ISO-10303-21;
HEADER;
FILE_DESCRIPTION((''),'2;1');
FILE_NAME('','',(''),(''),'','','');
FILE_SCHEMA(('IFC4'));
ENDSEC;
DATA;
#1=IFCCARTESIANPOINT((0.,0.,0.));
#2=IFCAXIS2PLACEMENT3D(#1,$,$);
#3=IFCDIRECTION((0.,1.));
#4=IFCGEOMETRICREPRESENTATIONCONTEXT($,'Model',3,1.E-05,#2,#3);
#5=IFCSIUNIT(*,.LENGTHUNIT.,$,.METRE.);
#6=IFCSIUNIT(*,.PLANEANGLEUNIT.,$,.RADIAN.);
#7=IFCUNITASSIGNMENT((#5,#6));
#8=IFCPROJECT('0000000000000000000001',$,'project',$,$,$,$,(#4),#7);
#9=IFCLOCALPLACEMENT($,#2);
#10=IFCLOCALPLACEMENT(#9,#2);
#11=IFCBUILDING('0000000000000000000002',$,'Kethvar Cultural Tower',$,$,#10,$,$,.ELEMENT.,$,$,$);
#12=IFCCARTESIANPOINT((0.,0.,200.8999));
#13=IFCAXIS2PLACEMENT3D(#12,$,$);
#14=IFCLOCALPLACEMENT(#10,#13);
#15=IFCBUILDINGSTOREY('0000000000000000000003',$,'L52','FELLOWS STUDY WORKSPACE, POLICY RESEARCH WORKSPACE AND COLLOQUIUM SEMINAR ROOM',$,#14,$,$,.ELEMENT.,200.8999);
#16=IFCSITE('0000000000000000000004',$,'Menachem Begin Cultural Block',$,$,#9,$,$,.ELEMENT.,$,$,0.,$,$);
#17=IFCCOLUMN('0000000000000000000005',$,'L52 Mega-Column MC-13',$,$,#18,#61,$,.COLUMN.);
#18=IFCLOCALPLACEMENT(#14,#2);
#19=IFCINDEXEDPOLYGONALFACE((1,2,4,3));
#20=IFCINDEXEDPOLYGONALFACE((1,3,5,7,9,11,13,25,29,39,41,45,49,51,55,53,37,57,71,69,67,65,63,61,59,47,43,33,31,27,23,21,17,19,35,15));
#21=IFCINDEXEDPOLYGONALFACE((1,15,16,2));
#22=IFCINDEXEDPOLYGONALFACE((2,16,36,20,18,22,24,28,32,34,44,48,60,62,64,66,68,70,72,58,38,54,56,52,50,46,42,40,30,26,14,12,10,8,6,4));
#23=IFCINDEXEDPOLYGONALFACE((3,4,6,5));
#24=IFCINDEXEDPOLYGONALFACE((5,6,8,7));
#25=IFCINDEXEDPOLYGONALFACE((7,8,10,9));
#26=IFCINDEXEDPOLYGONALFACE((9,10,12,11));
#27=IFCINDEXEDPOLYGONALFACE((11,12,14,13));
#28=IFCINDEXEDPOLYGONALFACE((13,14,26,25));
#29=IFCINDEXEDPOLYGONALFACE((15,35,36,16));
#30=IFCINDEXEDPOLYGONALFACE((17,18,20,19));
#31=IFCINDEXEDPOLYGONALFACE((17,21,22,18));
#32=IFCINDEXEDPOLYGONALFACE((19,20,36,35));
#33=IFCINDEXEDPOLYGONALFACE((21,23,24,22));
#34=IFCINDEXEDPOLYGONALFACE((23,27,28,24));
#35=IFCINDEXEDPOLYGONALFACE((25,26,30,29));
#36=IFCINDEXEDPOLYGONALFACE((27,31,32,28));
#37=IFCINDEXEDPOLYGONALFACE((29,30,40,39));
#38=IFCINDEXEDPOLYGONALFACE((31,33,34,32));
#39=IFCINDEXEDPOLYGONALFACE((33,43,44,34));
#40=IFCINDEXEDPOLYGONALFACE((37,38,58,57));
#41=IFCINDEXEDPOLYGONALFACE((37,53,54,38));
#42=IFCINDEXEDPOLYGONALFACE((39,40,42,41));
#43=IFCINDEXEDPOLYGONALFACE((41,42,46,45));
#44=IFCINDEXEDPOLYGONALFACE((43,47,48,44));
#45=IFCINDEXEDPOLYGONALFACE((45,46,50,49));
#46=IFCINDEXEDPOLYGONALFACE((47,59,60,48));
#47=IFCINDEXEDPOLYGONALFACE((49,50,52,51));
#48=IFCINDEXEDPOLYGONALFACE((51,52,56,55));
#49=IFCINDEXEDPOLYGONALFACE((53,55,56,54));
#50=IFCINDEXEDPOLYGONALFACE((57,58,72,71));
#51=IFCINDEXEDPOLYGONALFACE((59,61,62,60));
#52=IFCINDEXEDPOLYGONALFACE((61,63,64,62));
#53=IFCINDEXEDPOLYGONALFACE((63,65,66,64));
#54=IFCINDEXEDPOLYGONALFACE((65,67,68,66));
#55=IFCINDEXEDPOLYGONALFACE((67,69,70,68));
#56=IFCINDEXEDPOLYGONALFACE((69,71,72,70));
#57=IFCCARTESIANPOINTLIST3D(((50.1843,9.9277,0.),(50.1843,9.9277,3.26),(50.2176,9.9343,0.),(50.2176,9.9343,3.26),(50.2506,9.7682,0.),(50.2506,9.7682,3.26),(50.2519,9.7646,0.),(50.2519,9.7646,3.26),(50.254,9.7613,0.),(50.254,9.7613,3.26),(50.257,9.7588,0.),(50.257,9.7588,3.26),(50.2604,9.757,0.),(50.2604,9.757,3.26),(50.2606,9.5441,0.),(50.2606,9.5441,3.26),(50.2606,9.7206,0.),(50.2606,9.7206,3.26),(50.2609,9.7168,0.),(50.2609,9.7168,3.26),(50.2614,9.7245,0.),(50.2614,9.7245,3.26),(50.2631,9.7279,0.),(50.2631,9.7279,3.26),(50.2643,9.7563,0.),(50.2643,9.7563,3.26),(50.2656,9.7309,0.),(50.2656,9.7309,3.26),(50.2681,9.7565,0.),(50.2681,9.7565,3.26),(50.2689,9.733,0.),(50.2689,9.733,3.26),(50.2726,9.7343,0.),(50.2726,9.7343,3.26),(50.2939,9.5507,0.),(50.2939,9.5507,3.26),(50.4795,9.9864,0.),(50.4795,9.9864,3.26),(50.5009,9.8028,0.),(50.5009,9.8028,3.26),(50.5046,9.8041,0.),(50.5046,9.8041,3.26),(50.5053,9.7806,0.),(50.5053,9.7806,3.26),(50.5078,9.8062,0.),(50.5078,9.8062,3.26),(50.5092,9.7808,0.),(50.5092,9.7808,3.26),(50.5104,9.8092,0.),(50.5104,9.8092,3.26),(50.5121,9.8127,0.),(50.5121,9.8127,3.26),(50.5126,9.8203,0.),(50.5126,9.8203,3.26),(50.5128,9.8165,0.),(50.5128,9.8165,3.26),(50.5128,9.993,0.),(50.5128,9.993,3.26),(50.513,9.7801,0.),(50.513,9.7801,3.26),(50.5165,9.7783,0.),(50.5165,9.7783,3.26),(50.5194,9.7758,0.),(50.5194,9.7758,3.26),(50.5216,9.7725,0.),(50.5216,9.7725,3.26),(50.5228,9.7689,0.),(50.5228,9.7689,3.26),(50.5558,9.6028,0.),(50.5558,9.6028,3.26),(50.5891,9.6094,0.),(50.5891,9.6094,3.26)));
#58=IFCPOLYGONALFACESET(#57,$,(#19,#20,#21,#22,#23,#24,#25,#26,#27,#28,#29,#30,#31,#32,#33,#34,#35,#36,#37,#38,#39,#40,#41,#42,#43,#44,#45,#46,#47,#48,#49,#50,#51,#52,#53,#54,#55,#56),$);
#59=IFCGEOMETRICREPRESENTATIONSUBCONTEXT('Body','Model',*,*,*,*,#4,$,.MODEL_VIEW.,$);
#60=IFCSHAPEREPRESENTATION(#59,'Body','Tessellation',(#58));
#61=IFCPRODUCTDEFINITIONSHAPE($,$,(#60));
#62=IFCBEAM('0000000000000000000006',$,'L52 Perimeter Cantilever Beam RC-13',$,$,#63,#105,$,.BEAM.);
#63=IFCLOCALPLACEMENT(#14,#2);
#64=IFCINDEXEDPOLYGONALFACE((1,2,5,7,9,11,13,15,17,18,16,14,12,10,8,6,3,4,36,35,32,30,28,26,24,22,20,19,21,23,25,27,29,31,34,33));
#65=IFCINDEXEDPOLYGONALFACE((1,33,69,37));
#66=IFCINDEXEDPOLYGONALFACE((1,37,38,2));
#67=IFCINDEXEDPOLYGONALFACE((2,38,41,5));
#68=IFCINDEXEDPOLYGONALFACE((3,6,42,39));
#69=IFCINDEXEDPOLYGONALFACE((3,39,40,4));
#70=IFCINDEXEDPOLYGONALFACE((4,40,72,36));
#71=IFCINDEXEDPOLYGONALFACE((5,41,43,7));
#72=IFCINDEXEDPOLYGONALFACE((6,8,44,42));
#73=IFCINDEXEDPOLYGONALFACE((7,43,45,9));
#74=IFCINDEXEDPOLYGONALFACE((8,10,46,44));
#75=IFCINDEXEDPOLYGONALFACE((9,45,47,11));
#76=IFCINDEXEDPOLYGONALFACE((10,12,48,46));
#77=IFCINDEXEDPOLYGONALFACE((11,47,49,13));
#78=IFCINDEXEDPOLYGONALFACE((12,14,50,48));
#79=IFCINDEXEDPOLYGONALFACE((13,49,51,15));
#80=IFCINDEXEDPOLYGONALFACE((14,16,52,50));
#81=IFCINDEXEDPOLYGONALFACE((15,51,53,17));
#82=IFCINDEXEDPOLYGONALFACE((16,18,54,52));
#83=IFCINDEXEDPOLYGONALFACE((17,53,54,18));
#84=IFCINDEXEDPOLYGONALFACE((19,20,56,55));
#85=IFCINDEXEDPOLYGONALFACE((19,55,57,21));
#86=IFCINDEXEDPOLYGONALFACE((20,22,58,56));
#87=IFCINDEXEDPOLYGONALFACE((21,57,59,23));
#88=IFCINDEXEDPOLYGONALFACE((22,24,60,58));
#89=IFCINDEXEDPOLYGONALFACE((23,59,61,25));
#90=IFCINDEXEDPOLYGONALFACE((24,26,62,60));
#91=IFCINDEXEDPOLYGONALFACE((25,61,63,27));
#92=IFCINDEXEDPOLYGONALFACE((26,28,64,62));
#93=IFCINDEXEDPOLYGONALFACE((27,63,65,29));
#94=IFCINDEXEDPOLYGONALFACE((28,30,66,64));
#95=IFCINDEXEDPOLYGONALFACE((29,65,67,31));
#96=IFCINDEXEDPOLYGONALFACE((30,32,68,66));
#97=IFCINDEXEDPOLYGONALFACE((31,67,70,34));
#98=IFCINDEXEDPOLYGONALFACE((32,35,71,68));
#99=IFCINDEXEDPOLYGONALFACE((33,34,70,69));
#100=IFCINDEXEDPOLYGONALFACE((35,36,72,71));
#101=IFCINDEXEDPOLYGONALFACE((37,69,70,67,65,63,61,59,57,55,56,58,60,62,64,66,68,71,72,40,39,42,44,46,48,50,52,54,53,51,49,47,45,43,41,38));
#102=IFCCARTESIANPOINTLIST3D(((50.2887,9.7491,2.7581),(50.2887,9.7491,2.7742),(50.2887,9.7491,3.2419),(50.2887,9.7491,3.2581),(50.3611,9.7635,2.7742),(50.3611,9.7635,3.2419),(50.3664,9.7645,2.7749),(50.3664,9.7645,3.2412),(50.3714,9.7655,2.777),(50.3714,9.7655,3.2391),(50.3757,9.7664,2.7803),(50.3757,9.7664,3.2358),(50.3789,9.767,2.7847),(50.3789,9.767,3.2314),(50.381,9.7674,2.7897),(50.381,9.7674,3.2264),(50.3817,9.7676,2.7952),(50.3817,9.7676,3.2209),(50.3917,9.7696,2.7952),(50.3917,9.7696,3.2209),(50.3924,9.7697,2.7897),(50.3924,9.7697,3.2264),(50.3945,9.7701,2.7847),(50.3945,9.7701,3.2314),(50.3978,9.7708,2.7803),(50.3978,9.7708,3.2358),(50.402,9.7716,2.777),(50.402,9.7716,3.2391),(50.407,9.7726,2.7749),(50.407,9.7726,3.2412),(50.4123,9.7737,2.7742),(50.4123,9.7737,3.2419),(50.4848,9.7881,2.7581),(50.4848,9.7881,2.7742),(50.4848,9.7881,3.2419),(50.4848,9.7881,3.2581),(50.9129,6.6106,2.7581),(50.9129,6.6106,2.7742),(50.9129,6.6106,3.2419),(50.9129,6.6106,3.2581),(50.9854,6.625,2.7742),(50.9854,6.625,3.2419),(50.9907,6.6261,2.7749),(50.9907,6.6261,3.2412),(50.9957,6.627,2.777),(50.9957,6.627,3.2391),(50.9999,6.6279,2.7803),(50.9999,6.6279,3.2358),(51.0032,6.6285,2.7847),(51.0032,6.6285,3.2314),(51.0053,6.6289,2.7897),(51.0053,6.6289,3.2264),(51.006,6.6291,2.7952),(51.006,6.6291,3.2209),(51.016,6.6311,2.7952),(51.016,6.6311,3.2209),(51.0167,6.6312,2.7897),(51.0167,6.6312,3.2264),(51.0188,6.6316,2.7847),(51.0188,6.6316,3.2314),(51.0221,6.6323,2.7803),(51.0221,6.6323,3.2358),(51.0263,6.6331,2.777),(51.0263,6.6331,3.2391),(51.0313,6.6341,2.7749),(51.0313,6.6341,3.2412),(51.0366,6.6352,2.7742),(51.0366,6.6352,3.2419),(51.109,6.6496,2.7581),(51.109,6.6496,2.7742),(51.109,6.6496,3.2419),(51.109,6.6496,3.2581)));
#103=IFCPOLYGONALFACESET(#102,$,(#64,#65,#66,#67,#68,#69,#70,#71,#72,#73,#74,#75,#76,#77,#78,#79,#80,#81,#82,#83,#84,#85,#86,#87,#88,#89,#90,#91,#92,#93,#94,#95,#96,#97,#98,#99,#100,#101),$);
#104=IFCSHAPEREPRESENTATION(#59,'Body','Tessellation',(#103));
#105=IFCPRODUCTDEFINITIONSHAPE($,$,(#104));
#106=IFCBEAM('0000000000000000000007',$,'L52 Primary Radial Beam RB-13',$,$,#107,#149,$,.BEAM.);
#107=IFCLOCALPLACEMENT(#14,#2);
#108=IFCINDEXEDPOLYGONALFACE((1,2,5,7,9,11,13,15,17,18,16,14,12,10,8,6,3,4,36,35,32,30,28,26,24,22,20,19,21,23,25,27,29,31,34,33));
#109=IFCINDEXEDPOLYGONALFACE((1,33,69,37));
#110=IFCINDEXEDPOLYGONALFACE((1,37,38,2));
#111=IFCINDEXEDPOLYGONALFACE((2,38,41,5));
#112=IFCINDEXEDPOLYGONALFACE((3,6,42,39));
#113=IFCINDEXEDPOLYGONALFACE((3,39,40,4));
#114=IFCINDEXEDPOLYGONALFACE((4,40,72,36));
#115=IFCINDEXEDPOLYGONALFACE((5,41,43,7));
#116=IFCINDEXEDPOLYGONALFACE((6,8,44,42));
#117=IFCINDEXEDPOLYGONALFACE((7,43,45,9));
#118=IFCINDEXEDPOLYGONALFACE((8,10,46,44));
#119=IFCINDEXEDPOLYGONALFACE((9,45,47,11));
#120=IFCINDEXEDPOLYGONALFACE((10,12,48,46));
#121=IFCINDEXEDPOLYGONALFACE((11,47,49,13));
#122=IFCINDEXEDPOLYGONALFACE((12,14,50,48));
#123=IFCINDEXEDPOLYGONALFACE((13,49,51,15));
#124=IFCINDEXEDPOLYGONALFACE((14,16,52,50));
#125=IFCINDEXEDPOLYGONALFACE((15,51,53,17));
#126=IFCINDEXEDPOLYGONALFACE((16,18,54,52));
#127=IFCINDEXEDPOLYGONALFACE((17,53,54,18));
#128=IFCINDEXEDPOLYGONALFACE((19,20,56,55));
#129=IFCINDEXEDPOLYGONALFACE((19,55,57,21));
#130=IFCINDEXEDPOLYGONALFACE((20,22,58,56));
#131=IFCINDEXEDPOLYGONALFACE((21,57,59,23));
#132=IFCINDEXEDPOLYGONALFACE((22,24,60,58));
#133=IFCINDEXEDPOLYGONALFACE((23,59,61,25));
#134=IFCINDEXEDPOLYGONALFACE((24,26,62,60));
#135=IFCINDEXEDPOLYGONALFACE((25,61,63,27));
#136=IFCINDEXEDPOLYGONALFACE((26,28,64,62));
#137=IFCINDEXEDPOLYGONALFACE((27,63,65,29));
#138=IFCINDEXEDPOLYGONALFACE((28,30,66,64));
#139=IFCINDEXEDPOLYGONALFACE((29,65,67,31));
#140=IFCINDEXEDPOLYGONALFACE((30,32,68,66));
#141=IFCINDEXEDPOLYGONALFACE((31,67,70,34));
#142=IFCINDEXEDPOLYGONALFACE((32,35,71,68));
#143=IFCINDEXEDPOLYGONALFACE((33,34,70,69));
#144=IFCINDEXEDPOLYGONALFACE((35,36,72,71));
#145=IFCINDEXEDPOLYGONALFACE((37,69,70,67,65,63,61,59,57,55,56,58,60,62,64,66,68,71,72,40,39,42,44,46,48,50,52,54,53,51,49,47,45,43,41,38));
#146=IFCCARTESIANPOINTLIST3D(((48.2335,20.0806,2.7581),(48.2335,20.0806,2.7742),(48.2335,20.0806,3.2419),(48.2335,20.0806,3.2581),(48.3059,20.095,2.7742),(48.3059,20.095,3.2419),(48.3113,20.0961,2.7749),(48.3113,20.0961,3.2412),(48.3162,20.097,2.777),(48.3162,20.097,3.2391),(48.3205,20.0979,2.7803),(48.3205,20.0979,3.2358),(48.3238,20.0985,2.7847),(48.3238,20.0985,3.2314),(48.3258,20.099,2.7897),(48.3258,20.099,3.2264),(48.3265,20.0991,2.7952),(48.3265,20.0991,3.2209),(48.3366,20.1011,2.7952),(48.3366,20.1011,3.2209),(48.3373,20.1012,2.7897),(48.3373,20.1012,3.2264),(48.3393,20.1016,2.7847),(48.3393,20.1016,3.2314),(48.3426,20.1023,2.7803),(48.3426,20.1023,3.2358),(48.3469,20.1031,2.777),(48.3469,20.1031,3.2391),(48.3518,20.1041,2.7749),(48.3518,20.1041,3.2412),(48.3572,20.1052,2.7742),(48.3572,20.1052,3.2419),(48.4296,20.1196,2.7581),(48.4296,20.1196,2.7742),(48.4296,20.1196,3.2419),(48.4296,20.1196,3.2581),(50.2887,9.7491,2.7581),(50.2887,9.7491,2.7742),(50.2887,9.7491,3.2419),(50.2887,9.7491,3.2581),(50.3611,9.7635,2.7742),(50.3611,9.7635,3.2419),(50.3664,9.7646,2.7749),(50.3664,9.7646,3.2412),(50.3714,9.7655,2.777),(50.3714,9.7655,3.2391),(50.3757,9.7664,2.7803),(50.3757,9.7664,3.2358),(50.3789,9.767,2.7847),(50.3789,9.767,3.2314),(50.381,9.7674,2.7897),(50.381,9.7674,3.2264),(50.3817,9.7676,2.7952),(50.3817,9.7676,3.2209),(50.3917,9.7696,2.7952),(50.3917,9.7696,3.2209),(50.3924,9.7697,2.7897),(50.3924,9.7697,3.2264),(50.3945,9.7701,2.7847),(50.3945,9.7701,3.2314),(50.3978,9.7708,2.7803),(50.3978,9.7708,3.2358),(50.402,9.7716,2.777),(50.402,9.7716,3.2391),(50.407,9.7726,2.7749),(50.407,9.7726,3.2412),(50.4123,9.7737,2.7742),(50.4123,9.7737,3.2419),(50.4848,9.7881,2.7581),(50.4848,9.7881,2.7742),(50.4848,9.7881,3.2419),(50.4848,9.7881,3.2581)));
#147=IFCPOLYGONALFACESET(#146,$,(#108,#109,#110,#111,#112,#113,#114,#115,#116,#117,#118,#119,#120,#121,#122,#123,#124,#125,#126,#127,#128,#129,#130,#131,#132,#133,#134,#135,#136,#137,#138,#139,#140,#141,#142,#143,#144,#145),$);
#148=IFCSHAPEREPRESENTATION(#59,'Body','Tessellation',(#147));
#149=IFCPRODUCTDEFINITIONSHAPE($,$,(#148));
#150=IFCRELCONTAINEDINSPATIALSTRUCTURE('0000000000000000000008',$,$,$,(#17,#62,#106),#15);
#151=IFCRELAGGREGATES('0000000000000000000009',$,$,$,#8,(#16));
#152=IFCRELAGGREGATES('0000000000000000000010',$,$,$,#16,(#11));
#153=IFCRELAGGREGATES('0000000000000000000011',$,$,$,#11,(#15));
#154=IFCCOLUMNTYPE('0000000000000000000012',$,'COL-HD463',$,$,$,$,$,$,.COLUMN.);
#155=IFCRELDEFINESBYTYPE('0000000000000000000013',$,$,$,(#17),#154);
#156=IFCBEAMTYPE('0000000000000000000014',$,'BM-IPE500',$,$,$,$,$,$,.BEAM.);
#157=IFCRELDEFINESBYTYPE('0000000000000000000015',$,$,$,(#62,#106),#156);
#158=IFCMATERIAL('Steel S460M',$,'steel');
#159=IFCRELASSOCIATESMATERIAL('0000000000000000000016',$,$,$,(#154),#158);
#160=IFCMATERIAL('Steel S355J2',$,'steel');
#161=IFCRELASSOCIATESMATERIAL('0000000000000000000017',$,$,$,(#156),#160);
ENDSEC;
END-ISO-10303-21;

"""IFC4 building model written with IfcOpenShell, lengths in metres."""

from ifc_helpers import new_model, si_unit, direction, frame, origin, origin_2d, place, context, subcontext, project, spatial, i_section, extrude, source, transform, mapped, material, material_profile, profile_set, type_object, element, save


model = new_model("IFC4")

# Units and contexts
model_context = context("Model", 3, precision=1e-05, world=origin(), true_north=direction((0.0, 1.0)))
body_context = subcontext(model_context, "Body", "Model", "MODEL_VIEW")
ifc_project = project(units=[si_unit("LENGTHUNIT", "METRE"), si_unit("PLANEANGLEUNIT", "RADIAN")], contexts=[model_context])

# Site, building, storey
site_placement = place(None, origin())
site = spatial("IfcSite", under=ifc_project, at=site_placement, Name="Menachem Begin Cultural Block", CompositionType="ELEMENT", RefElevation=0.0)
building_placement = place(site_placement, origin())
building = spatial("IfcBuilding", under=site, at=building_placement, Name="Kethvar Cultural Tower", CompositionType="ELEMENT")
storey_placement = place(building_placement, frame((0.0, 0.0, 200.8999)))
storey = spatial("IfcBuildingStorey", under=building, at=storey_placement, Name="L52", Description="FELLOWS STUDY WORKSPACE, POLICY RESEARCH WORKSPACE AND COLLOQUIUM SEMINAR ROOM", CompositionType="ELEMENT", Elevation=200.8999)

# Column
ifc_material_1 = material(Name="Steel S460M", Category="steel")
ifc_material_profile_1 = material_profile(ifc_material_1, i_section(OverallWidth=0.3911, OverallDepth=0.335, WebThickness=0.0227, FlangeThickness=0.0339, FilletRadius=0.0149, at=origin_2d()), Name="Steel S460M — HD400x463")
ifc_profile_set_1 = profile_set([ifc_material_profile_1], Name="Steel S460M — HD400x463")
column_type = type_object("IfcColumnType", Name="COL-HD463", PredefinedType="COLUMN", material=ifc_profile_set_1)
shared_shape_1 = source(origin(), body_context, "Body", "SweptSolid", [
    extrude(i_section(OverallWidth=0.3911, OverallDepth=0.335, WebThickness=0.0227, FlangeThickness=0.0339, FilletRadius=0.0149, at=origin_2d()), origin(), (0.0, 0.0, 1.0), 3.26),
])
column_placement = place(storey_placement, frame((50.3867, 9.7686, 0.0), z_axis=(0.0, 0.0, 1.0), x_axis=(0.19509, -0.980785, 0.0)))
element("IfcColumn", 1, at=column_placement, inside=storey, type_object=column_type, Name="L52 Mega-Column MC-13", PredefinedType="COLUMN", context=body_context, shape_type="MappedRepresentation", body=[
    mapped(shared_shape_1, transform((0.0, 0.0, 0.0), scale=1.0)),
])

# Beams
ifc_material_2 = material(Name="Steel S355J2", Category="steel")
ifc_material_profile_2 = material_profile(ifc_material_2, i_section(OverallWidth=0.2, OverallDepth=0.5, WebThickness=0.0103, FlangeThickness=0.0161, FilletRadius=0.021, at=origin_2d()), Name="Steel S355J2 — IPE500")
ifc_profile_set_2 = profile_set([ifc_material_profile_2], Name="Steel S355J2 — IPE500")
beam_type_1 = type_object("IfcBeamType", Name="BM-IPE500", PredefinedType="BEAM", material=ifc_profile_set_2)
shared_shape_2 = source(origin(), body_context, "Body", "SweptSolid", [
    extrude(i_section(OverallWidth=0.2, OverallDepth=0.5, WebThickness=0.0103, FlangeThickness=0.0161, FilletRadius=0.021, at=origin_2d()), origin(), (0.0, 0.0, 1.0), 3.2),
])
beam_1_placement = place(storey_placement, frame((50.3867, 9.7686, 3.0081), z_axis=(0.195089, -0.980786, 0.0), x_axis=(0.980786, 0.195089, 0.0)))
element("IfcBeam", 2, at=beam_1_placement, inside=storey, type_object=beam_type_1, Name="L52 Perimeter Cantilever Beam RC-13", PredefinedType="BEAM", context=body_context, shape_type="MappedRepresentation", body=[
    mapped(shared_shape_2, transform((0.0, 0.0, 0.0), scale=1.0)),
])
shared_shape_3 = source(origin(), body_context, "Body", "SweptSolid", [
    extrude(i_section(OverallWidth=0.2, OverallDepth=0.5, WebThickness=0.0103, FlangeThickness=0.0161, FilletRadius=0.021, at=origin_2d()), origin(), (0.0, 0.0, 1.0), 10.5339),
])
beam_2_placement = place(storey_placement, frame((48.3315, 20.1001, 3.0081), z_axis=(0.1951, -0.980783, 0.0), x_axis=(0.980783, 0.1951, 0.0)))
element("IfcBeam", 3, at=beam_2_placement, inside=storey, type_object=beam_type_1, Name="L52 Primary Radial Beam RB-13", PredefinedType="BEAM", context=body_context, shape_type="MappedRepresentation", body=[
    mapped(shared_shape_3, transform((0.0, 0.0, 0.0), scale=1.0)),
])

save(model, "model.ifc")
